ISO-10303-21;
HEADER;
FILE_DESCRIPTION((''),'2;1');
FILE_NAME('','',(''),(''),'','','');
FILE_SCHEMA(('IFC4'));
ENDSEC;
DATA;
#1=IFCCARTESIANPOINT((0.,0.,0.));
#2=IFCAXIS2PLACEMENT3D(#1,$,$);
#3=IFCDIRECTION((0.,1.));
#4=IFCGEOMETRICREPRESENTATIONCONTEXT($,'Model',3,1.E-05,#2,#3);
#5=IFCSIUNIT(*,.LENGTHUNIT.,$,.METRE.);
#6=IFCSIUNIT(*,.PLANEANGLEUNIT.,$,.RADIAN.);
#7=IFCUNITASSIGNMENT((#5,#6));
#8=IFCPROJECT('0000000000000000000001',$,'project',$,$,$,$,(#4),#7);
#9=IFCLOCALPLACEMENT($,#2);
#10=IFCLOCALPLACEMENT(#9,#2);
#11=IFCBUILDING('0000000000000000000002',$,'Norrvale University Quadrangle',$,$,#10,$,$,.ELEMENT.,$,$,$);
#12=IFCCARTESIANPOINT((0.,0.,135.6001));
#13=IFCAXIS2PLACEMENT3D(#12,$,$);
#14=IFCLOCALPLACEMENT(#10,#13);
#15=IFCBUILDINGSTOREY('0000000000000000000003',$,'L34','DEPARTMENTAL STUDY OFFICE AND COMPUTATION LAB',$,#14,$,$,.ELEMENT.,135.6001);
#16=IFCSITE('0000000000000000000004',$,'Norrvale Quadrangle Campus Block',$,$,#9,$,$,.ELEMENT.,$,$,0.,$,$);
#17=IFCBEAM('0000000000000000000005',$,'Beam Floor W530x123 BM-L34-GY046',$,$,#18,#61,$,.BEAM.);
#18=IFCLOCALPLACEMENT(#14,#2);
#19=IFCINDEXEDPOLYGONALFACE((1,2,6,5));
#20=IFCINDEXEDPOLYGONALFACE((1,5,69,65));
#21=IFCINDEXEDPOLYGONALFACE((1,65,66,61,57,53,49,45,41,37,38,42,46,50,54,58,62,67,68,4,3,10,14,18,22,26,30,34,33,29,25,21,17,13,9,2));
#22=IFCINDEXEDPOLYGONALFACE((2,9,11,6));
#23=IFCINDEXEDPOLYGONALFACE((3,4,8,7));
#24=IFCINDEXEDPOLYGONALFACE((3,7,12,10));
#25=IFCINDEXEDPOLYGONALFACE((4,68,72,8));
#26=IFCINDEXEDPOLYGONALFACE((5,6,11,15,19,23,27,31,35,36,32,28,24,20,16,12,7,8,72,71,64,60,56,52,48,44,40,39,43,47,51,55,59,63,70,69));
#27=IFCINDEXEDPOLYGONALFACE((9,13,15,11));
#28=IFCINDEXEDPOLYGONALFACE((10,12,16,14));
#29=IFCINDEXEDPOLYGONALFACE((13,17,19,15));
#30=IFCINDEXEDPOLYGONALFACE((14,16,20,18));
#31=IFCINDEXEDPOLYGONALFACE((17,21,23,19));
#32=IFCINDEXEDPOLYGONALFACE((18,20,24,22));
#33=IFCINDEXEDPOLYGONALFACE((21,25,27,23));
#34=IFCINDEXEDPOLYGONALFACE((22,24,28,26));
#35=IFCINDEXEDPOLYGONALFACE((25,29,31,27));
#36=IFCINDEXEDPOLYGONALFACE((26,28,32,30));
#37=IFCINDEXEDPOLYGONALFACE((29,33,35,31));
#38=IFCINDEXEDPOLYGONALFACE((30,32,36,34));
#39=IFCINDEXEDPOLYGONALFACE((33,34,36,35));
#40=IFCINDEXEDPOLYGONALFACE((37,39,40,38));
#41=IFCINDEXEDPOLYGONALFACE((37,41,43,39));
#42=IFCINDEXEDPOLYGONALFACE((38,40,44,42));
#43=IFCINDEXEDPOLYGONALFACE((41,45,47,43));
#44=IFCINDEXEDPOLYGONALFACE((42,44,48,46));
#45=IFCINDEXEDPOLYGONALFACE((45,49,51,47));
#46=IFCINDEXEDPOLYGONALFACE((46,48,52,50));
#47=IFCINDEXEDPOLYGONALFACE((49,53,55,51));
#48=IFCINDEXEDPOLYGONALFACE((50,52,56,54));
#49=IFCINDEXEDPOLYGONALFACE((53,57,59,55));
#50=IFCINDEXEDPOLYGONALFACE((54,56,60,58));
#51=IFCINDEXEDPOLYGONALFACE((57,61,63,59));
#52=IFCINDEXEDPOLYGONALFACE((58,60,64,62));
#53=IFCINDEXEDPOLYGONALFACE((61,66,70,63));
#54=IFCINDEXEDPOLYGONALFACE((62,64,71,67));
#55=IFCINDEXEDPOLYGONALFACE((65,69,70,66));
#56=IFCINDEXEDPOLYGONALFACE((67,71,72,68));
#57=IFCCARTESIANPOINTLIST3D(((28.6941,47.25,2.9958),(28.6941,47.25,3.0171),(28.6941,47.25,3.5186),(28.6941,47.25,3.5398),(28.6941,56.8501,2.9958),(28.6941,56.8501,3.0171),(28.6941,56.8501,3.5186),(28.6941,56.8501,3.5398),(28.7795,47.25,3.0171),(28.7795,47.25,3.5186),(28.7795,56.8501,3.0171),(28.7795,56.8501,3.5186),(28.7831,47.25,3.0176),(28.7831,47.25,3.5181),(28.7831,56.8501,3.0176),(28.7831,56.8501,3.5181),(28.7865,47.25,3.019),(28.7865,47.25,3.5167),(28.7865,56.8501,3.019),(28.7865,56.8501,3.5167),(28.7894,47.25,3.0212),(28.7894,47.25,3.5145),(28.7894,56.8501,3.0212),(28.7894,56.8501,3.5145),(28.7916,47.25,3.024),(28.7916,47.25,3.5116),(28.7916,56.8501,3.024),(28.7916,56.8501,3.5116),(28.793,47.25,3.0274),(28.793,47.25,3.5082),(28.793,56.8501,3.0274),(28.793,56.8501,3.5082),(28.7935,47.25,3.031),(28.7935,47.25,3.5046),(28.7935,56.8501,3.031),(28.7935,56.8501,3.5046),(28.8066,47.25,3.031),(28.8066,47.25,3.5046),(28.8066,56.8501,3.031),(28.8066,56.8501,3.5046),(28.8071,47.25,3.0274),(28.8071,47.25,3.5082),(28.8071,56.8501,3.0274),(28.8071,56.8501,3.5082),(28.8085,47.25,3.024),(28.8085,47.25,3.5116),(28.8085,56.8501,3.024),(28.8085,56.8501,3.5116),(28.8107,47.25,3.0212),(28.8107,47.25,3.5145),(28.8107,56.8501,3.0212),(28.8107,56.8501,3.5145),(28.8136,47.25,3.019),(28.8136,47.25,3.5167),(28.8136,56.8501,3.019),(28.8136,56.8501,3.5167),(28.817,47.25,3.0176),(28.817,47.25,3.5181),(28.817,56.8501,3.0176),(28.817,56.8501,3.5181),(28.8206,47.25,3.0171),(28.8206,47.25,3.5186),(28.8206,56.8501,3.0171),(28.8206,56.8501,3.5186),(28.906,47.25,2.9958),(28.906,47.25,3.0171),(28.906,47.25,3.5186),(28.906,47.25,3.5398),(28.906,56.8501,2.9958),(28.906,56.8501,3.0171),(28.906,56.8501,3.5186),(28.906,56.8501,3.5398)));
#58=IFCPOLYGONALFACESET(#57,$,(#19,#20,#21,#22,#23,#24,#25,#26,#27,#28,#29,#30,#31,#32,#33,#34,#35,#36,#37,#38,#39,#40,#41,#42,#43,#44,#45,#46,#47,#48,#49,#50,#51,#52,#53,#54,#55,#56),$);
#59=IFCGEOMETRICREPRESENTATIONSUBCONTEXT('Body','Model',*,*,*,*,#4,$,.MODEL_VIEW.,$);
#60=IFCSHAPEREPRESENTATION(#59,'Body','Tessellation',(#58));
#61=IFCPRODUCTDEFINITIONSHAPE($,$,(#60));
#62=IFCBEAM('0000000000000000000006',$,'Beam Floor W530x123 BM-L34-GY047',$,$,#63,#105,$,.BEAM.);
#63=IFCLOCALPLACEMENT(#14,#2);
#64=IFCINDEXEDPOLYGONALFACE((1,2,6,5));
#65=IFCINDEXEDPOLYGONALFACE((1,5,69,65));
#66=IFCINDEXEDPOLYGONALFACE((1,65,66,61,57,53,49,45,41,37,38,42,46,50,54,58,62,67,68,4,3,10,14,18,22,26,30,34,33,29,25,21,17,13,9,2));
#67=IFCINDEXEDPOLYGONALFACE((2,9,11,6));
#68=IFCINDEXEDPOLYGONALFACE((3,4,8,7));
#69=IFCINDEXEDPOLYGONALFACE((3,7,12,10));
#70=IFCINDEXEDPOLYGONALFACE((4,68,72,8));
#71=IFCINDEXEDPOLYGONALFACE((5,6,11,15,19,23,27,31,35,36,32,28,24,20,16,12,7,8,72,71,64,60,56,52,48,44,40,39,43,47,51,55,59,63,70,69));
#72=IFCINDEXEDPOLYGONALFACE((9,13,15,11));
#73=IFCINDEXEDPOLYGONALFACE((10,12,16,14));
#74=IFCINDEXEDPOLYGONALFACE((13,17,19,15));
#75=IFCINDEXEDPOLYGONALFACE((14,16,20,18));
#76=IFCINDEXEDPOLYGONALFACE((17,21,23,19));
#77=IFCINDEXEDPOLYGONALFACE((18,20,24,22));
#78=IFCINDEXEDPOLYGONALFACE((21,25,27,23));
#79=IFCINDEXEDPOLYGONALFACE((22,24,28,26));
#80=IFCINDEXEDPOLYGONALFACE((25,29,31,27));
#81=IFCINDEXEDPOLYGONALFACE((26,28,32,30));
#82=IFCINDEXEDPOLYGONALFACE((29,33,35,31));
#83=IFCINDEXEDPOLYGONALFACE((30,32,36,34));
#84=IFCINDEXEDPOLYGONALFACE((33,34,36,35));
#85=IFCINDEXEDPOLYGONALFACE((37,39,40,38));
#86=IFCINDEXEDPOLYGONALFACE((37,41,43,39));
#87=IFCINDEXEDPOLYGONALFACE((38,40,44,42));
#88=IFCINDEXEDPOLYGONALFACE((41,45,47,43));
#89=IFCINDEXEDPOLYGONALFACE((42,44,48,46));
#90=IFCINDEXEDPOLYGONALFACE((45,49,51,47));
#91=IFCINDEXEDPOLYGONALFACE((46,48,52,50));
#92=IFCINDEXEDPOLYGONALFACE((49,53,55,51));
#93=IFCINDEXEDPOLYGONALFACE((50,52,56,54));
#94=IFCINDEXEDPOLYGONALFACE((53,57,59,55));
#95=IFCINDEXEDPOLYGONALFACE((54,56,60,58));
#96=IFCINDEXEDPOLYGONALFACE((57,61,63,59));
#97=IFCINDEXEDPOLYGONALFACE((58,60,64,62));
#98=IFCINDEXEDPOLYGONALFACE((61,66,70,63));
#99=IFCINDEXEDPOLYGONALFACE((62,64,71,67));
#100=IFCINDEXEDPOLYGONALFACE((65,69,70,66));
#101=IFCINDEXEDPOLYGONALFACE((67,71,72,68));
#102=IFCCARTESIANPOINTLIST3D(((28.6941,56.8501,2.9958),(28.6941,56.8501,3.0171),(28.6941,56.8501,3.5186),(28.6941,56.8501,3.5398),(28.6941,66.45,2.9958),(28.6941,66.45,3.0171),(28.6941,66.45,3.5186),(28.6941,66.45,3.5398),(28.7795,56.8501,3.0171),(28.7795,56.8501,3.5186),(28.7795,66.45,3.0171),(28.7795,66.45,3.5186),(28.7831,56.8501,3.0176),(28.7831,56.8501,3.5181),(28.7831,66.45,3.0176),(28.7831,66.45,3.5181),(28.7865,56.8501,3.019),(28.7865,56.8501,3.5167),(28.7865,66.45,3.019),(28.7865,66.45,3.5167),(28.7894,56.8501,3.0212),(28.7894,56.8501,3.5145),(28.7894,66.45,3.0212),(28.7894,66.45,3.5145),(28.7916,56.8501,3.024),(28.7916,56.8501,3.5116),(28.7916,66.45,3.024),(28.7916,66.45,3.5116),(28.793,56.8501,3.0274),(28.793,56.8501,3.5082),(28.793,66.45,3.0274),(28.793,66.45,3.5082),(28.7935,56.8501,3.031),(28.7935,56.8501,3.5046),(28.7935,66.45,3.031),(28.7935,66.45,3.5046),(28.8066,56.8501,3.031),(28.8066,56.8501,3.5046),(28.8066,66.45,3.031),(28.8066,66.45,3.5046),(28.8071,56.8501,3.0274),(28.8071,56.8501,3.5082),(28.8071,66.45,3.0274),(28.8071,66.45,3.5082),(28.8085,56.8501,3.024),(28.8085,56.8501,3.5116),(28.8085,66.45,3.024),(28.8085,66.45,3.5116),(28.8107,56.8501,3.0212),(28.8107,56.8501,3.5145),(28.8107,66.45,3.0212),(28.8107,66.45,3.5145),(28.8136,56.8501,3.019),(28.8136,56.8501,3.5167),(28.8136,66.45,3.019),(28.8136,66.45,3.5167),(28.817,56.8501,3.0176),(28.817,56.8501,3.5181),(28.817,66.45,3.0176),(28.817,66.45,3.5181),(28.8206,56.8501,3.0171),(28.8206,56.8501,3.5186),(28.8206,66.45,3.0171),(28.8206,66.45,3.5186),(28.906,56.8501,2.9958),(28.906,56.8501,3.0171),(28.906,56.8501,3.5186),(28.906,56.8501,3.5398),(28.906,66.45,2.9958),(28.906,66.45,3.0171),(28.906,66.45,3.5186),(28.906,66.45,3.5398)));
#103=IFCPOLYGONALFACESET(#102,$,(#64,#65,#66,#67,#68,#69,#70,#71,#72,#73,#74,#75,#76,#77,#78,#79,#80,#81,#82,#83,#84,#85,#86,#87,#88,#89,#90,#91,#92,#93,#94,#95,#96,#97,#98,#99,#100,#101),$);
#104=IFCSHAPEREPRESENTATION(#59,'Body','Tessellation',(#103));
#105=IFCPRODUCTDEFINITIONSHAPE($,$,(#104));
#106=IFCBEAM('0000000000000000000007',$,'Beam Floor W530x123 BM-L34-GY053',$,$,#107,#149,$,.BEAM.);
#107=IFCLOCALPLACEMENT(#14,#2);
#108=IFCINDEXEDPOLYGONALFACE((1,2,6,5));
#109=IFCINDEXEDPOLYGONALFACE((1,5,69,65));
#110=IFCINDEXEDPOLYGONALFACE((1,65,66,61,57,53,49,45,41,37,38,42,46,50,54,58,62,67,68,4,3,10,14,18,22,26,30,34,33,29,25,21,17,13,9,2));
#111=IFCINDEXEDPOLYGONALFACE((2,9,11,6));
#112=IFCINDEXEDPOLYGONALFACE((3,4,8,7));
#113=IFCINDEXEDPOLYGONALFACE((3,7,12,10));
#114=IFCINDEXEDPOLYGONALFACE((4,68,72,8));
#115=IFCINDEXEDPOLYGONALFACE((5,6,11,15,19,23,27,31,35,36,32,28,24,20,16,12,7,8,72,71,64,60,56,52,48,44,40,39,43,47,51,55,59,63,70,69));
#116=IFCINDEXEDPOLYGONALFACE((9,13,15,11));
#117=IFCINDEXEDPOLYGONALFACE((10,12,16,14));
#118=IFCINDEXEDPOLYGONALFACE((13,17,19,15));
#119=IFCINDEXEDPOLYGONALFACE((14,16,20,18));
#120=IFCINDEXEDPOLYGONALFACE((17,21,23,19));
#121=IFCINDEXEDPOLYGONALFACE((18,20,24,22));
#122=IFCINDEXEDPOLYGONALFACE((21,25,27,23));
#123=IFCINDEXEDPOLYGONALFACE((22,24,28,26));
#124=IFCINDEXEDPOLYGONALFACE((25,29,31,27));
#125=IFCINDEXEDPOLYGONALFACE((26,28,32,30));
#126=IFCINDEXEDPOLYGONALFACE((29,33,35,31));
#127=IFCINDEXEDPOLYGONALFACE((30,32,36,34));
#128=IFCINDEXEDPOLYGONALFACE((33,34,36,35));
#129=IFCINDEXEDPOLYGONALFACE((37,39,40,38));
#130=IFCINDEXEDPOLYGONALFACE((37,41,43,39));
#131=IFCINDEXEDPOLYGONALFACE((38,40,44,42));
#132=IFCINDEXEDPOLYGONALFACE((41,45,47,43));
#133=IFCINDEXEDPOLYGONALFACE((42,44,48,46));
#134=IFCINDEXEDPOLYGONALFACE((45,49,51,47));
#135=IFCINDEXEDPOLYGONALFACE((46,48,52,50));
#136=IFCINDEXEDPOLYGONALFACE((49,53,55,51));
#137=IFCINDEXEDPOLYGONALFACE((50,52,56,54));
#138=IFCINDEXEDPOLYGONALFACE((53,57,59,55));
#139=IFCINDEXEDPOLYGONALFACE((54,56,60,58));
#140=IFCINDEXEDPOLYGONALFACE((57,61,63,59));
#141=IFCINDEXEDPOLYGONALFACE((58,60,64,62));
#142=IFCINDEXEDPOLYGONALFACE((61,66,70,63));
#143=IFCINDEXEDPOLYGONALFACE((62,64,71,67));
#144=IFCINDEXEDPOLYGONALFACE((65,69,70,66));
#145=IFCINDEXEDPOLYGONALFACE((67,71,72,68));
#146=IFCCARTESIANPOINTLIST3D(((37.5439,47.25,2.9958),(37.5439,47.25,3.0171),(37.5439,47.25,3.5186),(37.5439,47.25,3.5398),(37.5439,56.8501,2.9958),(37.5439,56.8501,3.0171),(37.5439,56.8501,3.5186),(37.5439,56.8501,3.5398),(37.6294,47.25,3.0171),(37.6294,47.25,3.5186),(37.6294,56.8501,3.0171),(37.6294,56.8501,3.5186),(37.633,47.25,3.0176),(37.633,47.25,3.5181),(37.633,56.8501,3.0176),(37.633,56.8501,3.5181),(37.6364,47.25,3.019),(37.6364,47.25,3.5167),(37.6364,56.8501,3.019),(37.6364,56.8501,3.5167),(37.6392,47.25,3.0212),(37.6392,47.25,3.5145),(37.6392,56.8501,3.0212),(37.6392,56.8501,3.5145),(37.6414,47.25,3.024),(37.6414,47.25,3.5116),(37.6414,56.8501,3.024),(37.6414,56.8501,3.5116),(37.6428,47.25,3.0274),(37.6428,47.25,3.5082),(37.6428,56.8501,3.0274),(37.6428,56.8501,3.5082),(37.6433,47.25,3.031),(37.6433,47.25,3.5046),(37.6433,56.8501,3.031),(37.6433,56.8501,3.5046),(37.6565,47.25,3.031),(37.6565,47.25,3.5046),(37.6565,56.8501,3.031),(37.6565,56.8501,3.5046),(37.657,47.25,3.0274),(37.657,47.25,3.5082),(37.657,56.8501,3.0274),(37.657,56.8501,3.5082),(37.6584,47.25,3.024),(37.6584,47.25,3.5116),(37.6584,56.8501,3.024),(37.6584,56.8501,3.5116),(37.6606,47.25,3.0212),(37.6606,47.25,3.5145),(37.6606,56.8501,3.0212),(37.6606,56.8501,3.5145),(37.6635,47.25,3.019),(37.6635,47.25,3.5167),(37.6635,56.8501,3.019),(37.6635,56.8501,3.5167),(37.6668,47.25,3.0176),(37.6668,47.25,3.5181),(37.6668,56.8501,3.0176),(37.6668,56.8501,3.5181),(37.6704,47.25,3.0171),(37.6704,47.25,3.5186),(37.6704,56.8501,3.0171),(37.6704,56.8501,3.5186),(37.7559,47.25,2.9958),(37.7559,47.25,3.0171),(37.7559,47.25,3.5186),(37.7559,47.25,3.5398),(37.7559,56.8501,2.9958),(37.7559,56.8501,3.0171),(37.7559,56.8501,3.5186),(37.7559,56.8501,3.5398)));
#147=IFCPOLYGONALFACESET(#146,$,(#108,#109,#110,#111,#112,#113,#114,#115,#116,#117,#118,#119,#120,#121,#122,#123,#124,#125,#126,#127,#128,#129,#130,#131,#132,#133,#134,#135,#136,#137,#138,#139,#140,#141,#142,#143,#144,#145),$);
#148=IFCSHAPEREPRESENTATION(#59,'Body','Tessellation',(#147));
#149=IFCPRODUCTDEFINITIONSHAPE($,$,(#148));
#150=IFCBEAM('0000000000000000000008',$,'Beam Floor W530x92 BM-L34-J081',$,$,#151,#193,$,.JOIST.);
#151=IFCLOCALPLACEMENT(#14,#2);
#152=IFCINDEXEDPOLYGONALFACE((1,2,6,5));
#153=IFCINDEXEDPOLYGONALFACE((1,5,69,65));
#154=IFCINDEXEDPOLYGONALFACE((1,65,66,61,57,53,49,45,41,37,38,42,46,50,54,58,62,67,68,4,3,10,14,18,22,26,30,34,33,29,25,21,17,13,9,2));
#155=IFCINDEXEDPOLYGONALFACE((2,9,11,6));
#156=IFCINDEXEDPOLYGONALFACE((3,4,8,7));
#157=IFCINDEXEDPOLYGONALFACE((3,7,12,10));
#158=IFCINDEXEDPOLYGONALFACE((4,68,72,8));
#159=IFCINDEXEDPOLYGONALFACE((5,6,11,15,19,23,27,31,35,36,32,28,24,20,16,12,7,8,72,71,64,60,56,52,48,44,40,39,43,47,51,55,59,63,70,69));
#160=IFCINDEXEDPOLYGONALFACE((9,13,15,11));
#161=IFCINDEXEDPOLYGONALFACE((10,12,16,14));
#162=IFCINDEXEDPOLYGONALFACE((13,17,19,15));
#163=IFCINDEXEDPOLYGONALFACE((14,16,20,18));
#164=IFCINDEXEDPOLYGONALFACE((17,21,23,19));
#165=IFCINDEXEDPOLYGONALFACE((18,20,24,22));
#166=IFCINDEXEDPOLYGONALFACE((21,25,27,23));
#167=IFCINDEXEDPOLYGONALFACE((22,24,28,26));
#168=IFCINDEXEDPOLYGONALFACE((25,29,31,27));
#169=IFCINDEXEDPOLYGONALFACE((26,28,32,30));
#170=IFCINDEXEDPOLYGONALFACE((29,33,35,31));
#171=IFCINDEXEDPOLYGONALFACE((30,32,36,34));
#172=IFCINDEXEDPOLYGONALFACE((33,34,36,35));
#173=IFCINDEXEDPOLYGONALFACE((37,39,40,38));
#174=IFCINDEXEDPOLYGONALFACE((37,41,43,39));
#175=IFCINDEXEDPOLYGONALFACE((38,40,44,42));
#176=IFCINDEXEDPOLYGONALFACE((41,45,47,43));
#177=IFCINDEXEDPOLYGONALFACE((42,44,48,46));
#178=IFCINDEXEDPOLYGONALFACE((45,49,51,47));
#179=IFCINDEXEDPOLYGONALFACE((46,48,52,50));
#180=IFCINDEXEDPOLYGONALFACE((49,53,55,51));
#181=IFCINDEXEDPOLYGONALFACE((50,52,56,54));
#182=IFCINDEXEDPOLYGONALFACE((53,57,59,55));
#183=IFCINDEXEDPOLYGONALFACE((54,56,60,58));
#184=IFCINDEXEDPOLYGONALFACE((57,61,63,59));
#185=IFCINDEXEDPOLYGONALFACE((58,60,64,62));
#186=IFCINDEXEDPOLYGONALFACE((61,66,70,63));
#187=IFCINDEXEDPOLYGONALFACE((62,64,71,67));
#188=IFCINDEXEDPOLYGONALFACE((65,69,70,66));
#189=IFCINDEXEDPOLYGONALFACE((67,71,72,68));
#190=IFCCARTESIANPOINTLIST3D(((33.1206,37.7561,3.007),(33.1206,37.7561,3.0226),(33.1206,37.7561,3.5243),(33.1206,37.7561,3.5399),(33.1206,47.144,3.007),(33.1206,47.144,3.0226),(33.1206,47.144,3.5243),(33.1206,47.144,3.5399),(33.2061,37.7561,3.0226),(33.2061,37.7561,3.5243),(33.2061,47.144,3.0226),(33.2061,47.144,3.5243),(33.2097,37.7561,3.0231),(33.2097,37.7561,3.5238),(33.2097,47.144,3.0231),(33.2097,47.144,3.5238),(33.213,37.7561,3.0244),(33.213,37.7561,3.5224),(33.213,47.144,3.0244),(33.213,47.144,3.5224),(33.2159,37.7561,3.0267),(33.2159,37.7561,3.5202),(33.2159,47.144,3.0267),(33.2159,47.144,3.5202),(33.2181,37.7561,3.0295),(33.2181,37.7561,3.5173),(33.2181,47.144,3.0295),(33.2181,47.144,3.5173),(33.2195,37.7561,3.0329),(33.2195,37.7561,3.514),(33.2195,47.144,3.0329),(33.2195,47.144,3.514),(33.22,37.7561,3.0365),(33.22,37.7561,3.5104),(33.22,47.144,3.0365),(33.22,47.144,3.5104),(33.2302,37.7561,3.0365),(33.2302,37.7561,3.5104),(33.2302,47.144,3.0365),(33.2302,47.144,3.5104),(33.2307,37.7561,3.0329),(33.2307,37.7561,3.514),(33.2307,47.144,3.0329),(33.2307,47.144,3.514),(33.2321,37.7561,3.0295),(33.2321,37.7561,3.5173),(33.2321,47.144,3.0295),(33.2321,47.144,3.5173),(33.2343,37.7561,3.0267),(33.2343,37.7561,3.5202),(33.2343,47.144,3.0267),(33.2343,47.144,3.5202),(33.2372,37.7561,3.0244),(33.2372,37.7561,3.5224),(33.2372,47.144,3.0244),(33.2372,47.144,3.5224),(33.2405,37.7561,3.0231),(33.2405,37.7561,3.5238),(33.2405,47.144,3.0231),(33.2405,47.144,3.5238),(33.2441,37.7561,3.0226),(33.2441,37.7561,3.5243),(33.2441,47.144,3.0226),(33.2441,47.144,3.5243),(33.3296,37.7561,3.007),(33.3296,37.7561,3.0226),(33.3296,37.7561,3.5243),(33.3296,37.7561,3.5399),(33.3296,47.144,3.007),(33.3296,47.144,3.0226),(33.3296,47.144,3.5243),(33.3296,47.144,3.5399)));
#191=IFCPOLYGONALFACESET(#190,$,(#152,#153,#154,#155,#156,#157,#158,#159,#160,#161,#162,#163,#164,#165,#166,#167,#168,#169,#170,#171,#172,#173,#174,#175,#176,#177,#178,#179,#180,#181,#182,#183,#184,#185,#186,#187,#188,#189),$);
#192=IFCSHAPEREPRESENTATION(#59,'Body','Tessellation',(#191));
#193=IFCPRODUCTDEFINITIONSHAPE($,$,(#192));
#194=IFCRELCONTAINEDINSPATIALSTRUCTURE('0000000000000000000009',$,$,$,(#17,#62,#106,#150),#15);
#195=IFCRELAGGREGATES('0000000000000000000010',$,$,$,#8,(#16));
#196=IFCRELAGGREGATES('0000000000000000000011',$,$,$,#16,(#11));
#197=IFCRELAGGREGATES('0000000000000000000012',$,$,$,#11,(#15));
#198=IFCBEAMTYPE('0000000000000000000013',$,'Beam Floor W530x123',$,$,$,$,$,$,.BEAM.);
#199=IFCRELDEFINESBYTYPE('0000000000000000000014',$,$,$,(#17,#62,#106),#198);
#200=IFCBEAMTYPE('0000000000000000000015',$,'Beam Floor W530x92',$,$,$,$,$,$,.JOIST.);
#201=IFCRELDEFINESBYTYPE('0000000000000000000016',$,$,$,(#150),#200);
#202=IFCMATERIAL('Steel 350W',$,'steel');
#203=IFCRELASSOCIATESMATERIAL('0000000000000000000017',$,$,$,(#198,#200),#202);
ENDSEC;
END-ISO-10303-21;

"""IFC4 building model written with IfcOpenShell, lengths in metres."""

from ifc_helpers import new_model, si_unit, direction, frame, origin, origin_2d, place, context, subcontext, project, spatial, i_section, extrude, material, material_profile, profile_set, type_object, element, save


model = new_model("IFC4")

# Units and contexts
model_context = context("Model", 3, precision=1e-05, world=origin(), true_north=direction((0.0, 1.0)))
body_context = subcontext(model_context, "Body", "Model", "MODEL_VIEW")
ifc_project = project(units=[si_unit("LENGTHUNIT", "METRE"), si_unit("PLANEANGLEUNIT", "RADIAN")], contexts=[model_context])

# Site, building, storey
site_placement = place(None, origin())
site = spatial("IfcSite", under=ifc_project, at=site_placement, Name="Norrvale Quadrangle Campus Block", CompositionType="ELEMENT", RefElevation=0.0)
building_placement = place(site_placement, origin())
building = spatial("IfcBuilding", under=site, at=building_placement, Name="Norrvale University Quadrangle", CompositionType="ELEMENT")
storey_placement = place(building_placement, frame((0.0, 0.0, 135.6001)))
storey = spatial("IfcBuildingStorey", under=building, at=storey_placement, Name="L34", Description="DEPARTMENTAL STUDY OFFICE AND COMPUTATION LAB", CompositionType="ELEMENT", Elevation=135.6001)

# Beams
ifc_material_1 = material(Name="Steel 350W", Category="steel")
ifc_material_profile_1 = material_profile(ifc_material_1, i_section(OverallWidth=0.2119, OverallDepth=0.5439, WebThickness=0.0132, FlangeThickness=0.0212, FilletRadius=0.0139, at=origin_2d()), Name="Steel 350W")
ifc_profile_set_1 = profile_set([ifc_material_profile_1], Name="Steel 350W")
beam_type_1 = type_object("IfcBeamType", Name="Beam Floor W530x123", PredefinedType="BEAM", material=ifc_profile_set_1)
beam_1_placement = place(storey_placement, frame((28.8, 47.25, 3.2678), z_axis=(0.0, 1.0, 0.0), x_axis=(-1.0, 0.0, 0.0)))
element("IfcBeam", 1, at=beam_1_placement, inside=storey, type_object=beam_type_1, Name="Beam Floor W530x123 BM-L34-GY046", PredefinedType="BEAM", context=body_context, shape_type="SweptSolid", body=[
    extrude(i_section(OverallWidth=0.2119, OverallDepth=0.5439, WebThickness=0.0132, FlangeThickness=0.0212, FilletRadius=0.0139, at=origin_2d()), origin(), (0.0, 0.0, 1.0), 9.6001),
])
beam_2_placement = place(storey_placement, frame((28.8, 56.8501, 3.2678), z_axis=(0.0, 1.0, 0.0), x_axis=(-1.0, 0.0, 0.0)))
element("IfcBeam", 2, at=beam_2_placement, inside=storey, type_object=beam_type_1, Name="Beam Floor W530x123 BM-L34-GY047", PredefinedType="BEAM", context=body_context, shape_type="SweptSolid", body=[
    extrude(i_section(OverallWidth=0.2119, OverallDepth=0.5439, WebThickness=0.0132, FlangeThickness=0.0212, FilletRadius=0.0139, at=origin_2d()), origin(), (0.0, 0.0, 1.0), 9.5999),
])
beam_3_placement = place(storey_placement, frame((37.6499, 47.25, 3.2678), z_axis=(0.0, 1.0, 0.0), x_axis=(-1.0, 0.0, 0.0)))
element("IfcBeam", 3, at=beam_3_placement, inside=storey, type_object=beam_type_1, Name="Beam Floor W530x123 BM-L34-GY053", PredefinedType="BEAM", context=body_context, shape_type="SweptSolid", body=[
    extrude(i_section(OverallWidth=0.2119, OverallDepth=0.5439, WebThickness=0.0132, FlangeThickness=0.0212, FilletRadius=0.0139, at=origin_2d()), origin(), (0.0, 0.0, 1.0), 9.6001),
])
ifc_material_profile_2 = material_profile(ifc_material_1, i_section(OverallWidth=0.209, OverallDepth=0.533, WebThickness=0.0103, FlangeThickness=0.0156, FilletRadius=0.0139, at=origin_2d()), Name="Steel 350W")
ifc_profile_set_2 = profile_set([ifc_material_profile_2], Name="Steel 350W")
beam_type_2 = type_object("IfcBeamType", Name="Beam Floor W530x92", PredefinedType="JOIST", material=ifc_profile_set_2)
for number, where, z_axis, x_axis, name in (
    (4, (33.2251, 37.7561, 3.2734), (0.0, 1.0, 0.0), (-1.0, 0.0, 0.0), "Beam Floor W530x92 BM-L34-J081"),
):
    element("IfcBeam", number, at=place(storey_placement, frame(where, z_axis=z_axis, x_axis=x_axis)), inside=storey, type_object=beam_type_2, Name=name, PredefinedType="JOIST", context=body_context, shape_type="SweptSolid", body=[
        extrude(i_section(OverallWidth=0.209, OverallDepth=0.533, WebThickness=0.0103, FlangeThickness=0.0156, FilletRadius=0.0139, at=origin_2d()), origin(), (0.0, 0.0, 1.0), 9.3879),
    ])

save(model, "model.ifc")
